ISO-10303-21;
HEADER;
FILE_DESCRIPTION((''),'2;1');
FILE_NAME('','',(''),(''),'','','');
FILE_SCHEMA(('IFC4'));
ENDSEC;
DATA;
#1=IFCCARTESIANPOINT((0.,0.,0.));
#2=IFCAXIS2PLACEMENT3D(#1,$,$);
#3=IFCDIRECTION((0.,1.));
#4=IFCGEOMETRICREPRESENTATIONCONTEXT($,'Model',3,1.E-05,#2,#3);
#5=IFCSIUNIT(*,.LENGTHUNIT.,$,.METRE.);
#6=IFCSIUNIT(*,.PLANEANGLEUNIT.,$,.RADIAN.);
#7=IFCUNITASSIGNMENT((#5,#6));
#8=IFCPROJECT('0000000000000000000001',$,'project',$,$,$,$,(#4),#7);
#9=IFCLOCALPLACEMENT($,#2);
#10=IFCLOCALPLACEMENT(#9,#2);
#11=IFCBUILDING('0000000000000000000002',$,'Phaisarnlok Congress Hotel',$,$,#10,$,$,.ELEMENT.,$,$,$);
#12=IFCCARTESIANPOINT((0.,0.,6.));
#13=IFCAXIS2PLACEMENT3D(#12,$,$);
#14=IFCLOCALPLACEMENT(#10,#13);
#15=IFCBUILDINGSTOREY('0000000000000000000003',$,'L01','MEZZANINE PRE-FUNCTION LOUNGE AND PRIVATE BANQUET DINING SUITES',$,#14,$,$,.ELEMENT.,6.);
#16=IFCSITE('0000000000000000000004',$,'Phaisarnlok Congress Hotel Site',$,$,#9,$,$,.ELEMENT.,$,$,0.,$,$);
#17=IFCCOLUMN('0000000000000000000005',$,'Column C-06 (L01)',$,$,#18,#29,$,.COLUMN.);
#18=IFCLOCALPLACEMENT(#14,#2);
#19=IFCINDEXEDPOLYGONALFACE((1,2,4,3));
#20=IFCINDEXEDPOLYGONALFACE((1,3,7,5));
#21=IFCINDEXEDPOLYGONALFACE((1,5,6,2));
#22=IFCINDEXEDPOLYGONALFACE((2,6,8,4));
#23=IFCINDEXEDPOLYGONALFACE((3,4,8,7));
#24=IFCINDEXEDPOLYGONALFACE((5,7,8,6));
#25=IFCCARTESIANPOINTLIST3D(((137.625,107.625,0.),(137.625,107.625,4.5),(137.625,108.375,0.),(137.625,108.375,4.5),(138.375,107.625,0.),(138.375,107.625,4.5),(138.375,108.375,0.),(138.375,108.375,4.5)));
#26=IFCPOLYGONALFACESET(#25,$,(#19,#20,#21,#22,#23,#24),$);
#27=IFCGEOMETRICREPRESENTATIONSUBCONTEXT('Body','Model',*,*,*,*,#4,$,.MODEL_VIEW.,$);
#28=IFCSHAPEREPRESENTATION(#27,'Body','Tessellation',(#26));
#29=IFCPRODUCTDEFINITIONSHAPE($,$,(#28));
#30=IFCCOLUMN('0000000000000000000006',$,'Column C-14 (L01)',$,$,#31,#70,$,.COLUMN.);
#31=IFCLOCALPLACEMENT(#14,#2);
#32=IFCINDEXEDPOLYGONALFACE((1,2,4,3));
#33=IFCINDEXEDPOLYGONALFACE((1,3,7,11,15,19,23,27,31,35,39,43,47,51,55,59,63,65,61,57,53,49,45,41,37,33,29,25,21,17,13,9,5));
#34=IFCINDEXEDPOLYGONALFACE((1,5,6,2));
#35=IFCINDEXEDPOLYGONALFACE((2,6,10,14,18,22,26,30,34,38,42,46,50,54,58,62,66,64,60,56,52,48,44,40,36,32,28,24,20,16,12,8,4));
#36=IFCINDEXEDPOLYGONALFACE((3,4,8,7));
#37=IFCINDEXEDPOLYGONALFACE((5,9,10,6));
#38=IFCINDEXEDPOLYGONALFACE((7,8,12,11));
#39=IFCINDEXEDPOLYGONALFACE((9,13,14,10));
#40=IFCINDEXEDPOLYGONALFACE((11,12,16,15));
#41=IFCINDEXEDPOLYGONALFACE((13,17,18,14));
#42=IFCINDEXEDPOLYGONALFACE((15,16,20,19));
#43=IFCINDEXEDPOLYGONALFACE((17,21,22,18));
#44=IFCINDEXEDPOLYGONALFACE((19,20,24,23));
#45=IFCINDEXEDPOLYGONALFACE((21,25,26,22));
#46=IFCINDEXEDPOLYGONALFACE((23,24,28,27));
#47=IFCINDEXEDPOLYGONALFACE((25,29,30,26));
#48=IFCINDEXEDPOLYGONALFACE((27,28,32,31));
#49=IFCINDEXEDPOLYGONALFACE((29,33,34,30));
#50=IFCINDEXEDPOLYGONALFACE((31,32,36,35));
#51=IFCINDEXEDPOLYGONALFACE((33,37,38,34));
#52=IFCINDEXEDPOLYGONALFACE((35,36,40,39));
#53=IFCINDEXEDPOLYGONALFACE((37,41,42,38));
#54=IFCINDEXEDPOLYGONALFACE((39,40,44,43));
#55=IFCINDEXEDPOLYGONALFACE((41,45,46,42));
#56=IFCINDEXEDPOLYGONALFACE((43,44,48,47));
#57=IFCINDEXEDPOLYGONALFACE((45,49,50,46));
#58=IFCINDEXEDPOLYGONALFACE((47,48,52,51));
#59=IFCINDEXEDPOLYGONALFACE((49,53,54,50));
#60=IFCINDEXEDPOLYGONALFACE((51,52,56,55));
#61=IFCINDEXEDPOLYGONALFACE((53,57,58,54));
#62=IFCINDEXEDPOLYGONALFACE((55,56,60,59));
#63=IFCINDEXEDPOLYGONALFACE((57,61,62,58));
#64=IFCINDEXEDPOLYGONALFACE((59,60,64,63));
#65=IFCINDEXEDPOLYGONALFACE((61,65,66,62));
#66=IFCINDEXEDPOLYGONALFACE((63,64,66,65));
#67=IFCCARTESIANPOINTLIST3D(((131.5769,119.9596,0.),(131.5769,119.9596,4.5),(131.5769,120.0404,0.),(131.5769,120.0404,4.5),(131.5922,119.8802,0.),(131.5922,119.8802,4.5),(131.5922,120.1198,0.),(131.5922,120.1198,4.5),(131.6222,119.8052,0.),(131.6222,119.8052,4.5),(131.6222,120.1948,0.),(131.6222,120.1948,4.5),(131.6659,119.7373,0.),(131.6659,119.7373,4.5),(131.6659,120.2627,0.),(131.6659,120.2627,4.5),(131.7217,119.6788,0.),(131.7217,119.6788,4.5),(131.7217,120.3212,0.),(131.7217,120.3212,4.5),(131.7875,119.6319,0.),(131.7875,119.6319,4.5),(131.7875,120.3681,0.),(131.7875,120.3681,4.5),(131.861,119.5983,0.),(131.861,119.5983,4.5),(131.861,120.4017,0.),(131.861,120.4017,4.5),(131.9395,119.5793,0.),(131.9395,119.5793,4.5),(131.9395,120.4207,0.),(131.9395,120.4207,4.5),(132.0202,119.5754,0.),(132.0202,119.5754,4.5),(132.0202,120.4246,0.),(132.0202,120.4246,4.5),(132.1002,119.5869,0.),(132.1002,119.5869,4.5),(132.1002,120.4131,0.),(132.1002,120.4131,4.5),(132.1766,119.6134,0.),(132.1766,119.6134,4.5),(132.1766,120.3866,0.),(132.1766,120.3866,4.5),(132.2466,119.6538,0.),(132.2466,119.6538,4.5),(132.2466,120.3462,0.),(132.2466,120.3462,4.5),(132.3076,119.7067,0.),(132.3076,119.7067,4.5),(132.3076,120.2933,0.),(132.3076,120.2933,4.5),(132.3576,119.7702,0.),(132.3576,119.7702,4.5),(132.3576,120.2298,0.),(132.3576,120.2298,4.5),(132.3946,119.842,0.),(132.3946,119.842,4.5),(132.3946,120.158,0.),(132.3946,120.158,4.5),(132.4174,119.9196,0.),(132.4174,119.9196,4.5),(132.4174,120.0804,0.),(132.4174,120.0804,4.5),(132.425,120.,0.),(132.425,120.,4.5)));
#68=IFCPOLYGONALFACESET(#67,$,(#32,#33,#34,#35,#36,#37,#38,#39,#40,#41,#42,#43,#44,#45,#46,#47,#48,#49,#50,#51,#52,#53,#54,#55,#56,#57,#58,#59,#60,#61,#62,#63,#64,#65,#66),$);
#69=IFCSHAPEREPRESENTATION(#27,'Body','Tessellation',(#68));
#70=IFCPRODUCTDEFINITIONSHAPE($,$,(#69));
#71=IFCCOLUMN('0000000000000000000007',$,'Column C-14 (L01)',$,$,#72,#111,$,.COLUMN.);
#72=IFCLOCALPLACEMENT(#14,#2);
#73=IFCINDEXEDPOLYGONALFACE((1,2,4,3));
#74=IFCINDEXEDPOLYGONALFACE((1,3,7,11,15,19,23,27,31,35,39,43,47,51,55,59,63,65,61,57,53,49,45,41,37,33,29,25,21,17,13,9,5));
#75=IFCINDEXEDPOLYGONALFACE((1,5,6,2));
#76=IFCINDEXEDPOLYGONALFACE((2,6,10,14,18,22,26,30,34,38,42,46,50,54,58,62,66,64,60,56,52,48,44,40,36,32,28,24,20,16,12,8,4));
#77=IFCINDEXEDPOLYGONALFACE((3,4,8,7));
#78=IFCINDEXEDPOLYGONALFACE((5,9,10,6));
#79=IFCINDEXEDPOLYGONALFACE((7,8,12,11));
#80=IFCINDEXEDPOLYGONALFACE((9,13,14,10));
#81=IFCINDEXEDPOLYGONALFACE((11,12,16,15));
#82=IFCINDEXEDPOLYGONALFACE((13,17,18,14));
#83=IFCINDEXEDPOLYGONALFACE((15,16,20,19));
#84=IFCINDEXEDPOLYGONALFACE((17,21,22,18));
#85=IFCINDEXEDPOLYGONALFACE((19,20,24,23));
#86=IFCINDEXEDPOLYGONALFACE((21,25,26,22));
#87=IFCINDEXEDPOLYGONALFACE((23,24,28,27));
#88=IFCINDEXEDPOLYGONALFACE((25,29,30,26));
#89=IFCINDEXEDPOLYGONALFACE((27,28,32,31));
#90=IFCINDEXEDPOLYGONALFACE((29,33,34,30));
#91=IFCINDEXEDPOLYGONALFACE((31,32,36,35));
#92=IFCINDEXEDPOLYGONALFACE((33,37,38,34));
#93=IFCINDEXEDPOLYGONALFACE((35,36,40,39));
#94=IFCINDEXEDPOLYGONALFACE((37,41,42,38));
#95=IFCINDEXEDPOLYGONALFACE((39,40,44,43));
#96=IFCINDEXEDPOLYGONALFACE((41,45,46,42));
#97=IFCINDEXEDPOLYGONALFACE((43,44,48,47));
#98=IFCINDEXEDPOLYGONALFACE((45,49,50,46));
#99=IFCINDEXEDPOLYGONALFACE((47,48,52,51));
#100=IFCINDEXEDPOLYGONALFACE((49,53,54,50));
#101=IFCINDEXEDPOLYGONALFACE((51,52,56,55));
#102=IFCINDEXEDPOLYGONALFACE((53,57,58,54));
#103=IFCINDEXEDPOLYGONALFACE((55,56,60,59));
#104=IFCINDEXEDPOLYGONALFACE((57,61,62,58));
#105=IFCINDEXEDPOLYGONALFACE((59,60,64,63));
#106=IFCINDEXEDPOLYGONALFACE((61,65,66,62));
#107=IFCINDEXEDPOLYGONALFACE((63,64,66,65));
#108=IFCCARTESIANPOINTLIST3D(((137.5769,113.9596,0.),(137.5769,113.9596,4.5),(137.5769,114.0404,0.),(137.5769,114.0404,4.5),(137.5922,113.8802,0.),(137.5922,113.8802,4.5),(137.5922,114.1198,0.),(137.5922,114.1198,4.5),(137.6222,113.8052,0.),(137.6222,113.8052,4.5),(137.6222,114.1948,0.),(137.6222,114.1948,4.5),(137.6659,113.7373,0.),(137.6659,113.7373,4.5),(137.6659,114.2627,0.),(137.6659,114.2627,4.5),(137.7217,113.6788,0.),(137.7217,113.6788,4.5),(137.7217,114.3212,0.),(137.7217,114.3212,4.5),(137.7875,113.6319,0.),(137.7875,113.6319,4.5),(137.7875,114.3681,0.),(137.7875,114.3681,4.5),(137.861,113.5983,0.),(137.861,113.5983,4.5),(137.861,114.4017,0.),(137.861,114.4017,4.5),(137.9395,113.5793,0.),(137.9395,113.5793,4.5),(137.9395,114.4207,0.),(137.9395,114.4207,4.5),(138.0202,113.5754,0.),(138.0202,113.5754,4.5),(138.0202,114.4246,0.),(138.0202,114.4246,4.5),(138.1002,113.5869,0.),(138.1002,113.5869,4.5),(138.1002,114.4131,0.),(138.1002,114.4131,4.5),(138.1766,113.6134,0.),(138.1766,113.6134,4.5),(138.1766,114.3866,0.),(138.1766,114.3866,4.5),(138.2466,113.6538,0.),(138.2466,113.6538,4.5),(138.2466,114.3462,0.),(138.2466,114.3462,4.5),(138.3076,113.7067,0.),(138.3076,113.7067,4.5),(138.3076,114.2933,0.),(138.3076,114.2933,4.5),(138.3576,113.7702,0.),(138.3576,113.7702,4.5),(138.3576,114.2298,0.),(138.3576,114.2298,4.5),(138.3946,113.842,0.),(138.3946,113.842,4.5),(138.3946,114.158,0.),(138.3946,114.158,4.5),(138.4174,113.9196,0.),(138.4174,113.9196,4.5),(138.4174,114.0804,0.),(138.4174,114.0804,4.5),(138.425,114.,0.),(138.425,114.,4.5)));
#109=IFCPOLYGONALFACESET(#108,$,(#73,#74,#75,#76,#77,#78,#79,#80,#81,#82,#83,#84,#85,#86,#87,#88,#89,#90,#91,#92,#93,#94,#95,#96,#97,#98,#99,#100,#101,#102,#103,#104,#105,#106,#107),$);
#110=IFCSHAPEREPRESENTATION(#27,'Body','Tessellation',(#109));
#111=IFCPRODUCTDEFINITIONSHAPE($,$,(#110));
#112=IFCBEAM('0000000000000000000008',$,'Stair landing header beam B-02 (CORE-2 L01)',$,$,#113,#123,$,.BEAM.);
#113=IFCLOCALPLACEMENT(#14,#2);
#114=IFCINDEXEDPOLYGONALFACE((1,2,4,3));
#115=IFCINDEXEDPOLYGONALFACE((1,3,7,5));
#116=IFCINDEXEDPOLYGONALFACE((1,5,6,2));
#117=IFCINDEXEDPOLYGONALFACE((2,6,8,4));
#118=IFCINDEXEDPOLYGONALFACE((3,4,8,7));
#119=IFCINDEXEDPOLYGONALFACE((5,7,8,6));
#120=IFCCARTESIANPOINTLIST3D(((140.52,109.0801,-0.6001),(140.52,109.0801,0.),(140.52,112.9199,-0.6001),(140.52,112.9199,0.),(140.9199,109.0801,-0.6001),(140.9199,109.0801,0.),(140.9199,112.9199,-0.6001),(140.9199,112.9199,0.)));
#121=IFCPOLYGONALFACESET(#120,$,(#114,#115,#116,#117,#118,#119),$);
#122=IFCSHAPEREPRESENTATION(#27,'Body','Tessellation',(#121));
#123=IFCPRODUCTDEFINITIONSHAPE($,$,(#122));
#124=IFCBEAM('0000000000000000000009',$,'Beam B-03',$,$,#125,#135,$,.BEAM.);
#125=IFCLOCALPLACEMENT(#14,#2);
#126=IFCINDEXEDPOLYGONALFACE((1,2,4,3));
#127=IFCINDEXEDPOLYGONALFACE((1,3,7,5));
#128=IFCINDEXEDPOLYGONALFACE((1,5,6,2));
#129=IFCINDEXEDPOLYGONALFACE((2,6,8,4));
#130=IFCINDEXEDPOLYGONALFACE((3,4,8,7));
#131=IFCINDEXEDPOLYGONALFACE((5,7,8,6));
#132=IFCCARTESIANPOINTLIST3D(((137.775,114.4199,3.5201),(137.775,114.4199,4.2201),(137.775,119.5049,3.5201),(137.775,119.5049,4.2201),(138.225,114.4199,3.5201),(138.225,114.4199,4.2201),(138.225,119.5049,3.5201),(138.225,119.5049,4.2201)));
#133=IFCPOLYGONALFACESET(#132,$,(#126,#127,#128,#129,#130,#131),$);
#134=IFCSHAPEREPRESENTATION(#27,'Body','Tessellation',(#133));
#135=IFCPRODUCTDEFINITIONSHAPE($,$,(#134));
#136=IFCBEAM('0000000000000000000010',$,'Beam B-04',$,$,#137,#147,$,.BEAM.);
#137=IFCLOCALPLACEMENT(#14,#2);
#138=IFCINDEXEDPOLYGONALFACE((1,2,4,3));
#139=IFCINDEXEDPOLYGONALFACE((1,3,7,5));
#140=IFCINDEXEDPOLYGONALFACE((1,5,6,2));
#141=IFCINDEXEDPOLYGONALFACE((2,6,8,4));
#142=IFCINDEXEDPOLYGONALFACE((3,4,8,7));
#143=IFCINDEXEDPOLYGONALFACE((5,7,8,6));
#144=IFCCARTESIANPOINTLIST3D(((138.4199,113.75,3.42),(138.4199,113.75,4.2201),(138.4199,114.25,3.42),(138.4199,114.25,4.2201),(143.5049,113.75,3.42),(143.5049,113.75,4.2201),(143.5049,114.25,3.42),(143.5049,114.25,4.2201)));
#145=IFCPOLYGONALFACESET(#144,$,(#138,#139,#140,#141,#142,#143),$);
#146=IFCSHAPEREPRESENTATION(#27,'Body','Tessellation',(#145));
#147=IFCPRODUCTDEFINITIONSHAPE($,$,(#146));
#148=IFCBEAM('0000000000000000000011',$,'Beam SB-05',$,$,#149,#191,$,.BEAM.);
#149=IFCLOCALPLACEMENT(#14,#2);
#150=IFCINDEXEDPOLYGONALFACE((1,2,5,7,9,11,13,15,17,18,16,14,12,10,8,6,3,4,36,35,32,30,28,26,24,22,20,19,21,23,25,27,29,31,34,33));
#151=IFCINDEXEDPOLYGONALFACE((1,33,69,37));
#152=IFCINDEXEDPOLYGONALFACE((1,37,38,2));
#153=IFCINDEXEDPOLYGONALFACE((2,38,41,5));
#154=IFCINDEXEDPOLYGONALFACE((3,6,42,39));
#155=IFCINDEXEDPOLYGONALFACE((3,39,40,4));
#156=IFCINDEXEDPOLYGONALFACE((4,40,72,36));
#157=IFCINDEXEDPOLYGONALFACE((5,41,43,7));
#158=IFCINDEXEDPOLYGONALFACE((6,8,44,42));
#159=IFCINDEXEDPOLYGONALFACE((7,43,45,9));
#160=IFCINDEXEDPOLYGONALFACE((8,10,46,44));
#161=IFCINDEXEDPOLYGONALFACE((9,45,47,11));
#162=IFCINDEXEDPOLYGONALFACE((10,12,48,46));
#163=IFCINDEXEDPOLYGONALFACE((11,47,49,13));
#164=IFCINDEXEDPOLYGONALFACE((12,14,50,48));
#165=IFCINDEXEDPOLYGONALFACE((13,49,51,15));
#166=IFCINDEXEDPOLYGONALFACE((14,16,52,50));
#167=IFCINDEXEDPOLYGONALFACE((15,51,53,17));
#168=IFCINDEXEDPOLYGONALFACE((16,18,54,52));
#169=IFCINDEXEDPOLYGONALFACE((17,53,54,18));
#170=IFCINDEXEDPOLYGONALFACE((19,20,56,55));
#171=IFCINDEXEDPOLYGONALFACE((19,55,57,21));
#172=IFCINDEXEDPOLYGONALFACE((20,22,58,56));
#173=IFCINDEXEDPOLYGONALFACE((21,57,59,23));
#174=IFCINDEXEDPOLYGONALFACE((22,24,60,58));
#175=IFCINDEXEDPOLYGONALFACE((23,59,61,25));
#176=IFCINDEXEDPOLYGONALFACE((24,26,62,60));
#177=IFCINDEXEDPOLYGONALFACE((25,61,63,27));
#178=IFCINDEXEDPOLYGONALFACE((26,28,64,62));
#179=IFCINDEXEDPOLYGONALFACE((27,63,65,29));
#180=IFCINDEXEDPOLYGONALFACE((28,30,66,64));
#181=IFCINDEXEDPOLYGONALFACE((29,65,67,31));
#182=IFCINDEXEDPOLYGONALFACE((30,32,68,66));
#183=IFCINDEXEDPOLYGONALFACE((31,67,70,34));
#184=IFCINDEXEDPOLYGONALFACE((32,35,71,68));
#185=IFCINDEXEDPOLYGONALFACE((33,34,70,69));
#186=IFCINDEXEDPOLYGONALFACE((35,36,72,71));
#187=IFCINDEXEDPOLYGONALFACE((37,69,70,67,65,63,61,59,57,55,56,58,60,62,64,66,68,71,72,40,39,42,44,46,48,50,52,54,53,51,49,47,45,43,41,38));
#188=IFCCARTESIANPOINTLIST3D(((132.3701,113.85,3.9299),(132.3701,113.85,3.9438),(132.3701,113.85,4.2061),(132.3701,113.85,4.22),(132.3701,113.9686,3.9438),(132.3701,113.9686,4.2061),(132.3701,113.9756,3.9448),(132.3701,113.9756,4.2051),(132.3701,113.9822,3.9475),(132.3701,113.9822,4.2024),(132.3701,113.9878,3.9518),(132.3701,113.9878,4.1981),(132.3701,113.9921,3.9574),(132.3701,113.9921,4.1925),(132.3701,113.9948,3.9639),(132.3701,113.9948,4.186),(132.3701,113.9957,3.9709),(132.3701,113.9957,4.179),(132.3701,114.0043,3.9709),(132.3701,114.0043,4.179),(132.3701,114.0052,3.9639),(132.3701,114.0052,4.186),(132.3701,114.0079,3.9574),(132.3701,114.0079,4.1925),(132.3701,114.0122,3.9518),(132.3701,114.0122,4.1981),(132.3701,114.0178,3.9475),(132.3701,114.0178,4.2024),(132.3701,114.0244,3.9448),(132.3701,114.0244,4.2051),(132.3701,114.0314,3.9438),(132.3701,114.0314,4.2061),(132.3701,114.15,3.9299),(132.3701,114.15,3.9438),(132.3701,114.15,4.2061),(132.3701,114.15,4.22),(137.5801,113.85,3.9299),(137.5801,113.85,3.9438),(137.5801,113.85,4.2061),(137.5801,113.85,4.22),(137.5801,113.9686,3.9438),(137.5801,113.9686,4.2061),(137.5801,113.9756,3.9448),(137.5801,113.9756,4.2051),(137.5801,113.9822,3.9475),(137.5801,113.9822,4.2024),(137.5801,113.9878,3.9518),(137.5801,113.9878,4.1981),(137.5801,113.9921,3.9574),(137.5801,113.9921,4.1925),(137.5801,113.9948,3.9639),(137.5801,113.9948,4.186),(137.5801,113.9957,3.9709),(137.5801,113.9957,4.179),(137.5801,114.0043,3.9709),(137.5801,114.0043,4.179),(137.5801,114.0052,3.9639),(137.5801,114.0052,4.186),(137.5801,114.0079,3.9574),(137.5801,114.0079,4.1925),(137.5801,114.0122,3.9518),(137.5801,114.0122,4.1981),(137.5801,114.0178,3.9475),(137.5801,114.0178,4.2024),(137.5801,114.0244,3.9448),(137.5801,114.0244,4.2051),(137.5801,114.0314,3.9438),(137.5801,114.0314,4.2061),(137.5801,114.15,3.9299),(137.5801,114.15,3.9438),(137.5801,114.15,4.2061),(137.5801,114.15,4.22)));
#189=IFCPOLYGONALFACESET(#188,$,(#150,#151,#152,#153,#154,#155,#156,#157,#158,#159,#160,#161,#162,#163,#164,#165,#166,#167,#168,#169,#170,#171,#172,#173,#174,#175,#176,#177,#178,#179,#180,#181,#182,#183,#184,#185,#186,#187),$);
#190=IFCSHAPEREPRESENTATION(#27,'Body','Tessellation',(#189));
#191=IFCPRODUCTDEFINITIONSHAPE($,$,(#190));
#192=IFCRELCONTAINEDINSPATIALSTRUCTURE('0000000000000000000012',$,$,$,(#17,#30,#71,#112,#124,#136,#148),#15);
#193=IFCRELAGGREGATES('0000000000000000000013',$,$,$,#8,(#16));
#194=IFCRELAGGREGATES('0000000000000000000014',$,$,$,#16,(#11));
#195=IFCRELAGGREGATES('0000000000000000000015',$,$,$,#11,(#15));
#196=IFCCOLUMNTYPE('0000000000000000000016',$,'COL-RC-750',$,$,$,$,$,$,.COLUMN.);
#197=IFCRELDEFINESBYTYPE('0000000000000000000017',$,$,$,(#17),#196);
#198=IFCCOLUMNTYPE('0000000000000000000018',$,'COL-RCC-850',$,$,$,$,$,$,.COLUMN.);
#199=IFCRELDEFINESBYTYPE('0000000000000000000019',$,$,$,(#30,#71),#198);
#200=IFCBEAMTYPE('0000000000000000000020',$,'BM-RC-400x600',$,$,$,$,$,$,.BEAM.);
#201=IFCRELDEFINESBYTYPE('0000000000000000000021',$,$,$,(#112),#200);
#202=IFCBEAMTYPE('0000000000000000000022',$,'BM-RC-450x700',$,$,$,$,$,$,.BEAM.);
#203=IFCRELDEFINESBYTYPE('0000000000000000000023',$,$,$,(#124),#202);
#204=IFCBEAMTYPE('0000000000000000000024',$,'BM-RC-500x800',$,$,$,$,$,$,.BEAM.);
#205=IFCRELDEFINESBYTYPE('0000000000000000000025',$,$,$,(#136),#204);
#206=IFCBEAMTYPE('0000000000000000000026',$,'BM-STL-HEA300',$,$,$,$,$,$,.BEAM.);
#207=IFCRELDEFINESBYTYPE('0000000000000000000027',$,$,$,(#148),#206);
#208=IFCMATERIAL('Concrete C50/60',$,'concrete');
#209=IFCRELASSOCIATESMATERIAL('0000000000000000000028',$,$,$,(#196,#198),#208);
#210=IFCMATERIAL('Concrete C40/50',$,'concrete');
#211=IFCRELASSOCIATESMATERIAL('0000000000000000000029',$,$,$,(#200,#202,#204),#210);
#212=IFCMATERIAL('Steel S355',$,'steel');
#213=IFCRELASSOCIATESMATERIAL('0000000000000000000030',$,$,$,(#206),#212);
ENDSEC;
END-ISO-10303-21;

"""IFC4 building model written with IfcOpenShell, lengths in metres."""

from ifc_helpers import new_model, si_unit, direction, frame, origin, origin_2d, place, context, subcontext, project, spatial, rectangle, circle, i_section, extrude, material, material_profile, profile_set, type_object, element, save


model = new_model("IFC4")

# Units and contexts
model_context = context("Model", 3, precision=1e-05, world=origin(), true_north=direction((0.0, 1.0)))
body_context = subcontext(model_context, "Body", "Model", "MODEL_VIEW")
ifc_project = project(units=[si_unit("LENGTHUNIT", "METRE"), si_unit("PLANEANGLEUNIT", "RADIAN")], contexts=[model_context])

# Site, building, storey
site_placement = place(None, origin())
site = spatial("IfcSite", under=ifc_project, at=site_placement, Name="Phaisarnlok Congress Hotel Site", CompositionType="ELEMENT", RefElevation=0.0)
building_placement = place(site_placement, origin())
building = spatial("IfcBuilding", under=site, at=building_placement, Name="Phaisarnlok Congress Hotel", CompositionType="ELEMENT")
storey_placement = place(building_placement, frame((0.0, 0.0, 6.0)))
storey = spatial("IfcBuildingStorey", under=building, at=storey_placement, Name="L01", Description="MEZZANINE PRE-FUNCTION LOUNGE AND PRIVATE BANQUET DINING SUITES", CompositionType="ELEMENT", Elevation=6.0)

# Columns
ifc_material_1 = material(Name="Concrete C50/60", Category="concrete")
ifc_material_profile_1 = material_profile(ifc_material_1, rectangle(XDim=0.75, YDim=0.75, at=origin_2d()), Name="RC 750x750")
ifc_profile_set_1 = profile_set([ifc_material_profile_1], Name="Concrete C50/60")
column_type_1 = type_object("IfcColumnType", Name="COL-RC-750", PredefinedType="COLUMN", material=ifc_profile_set_1)
column_placement = place(storey_placement, frame((138.0, 108.0, 0.0), z_axis=(0.0, 0.0, 1.0), x_axis=(1.0, 0.0, 0.0)))
element("IfcColumn", 1, at=column_placement, inside=storey, type_object=column_type_1, Name="Column C-06 (L01)", PredefinedType="COLUMN", context=body_context, shape_type="SweptSolid", body=[
    extrude(rectangle(XDim=0.75, YDim=0.75, at=origin_2d()), origin(), (0.0, 0.0, 1.0), 4.5),
])
ifc_material_profile_2 = material_profile(ifc_material_1, circle(Radius=0.425, at=origin_2d()), Name="RCC D850")
ifc_profile_set_2 = profile_set([ifc_material_profile_2], Name="Concrete C50/60")
column_type_2 = type_object("IfcColumnType", Name="COL-RCC-850", PredefinedType="COLUMN", material=ifc_profile_set_2)
for number, where, z_axis, x_axis, name in (
    (2, (132.0, 120.0, 0.0), (0.0, 0.0, 1.0), (1.0, 0.0, 0.0), "Column C-14 (L01)"),
    (3, (138.0, 114.0, 0.0), (0.0, 0.0, 1.0), (1.0, 0.0, 0.0), "Column C-14 (L01)"),
):
    element("IfcColumn", number, at=place(storey_placement, frame(where, z_axis=z_axis, x_axis=x_axis)), inside=storey, type_object=column_type_2, Name=name, PredefinedType="COLUMN", context=body_context, shape_type="SweptSolid", body=[
        extrude(circle(Radius=0.425, at=origin_2d()), origin(), (0.0, 0.0, 1.0), 4.5),
    ])

# Beams
ifc_material_2 = material(Name="Concrete C40/50", Category="concrete")
ifc_material_profile_3 = material_profile(ifc_material_2, rectangle(XDim=0.3999, YDim=0.6001, at=origin_2d()), Name="RC 400x600")
ifc_profile_set_3 = profile_set([ifc_material_profile_3], Name="Concrete C40/50")
beam_type_1 = type_object("IfcBeamType", Name="BM-RC-400x600", PredefinedType="BEAM", material=ifc_profile_set_3)
beam_1_placement = place(storey_placement, frame((140.72, 109.0801, -0.3), z_axis=(0.0, 1.0, 0.0), x_axis=(-1.0, 0.0, 0.0)))
element("IfcBeam", 4, at=beam_1_placement, inside=storey, type_object=beam_type_1, Name="Stair landing header beam B-02 (CORE-2 L01)", PredefinedType="BEAM", context=body_context, shape_type="SweptSolid", body=[
    extrude(rectangle(XDim=0.3999, YDim=0.6001, at=origin_2d()), origin(), (0.0, 0.0, 1.0), 3.8398),
])
ifc_material_profile_4 = material_profile(ifc_material_2, rectangle(XDim=0.45, YDim=0.7, at=origin_2d()), Name="RC 450x700")
ifc_profile_set_4 = profile_set([ifc_material_profile_4], Name="Concrete C40/50")
beam_type_2 = type_object("IfcBeamType", Name="BM-RC-450x700", PredefinedType="BEAM", material=ifc_profile_set_4)
beam_2_placement = place(storey_placement, frame((138.0, 114.4199, 3.8701), z_axis=(0.0, 1.0, 0.0), x_axis=(-1.0, 0.0, 0.0)))
element("IfcBeam", 5, at=beam_2_placement, inside=storey, type_object=beam_type_2, Name="Beam B-03", PredefinedType="BEAM", context=body_context, shape_type="SweptSolid", body=[
    extrude(rectangle(XDim=0.45, YDim=0.7, at=origin_2d()), origin(), (0.0, 0.0, 1.0), 5.085),
])
ifc_material_profile_5 = material_profile(ifc_material_2, rectangle(XDim=0.5, YDim=0.8, at=origin_2d()), Name="RC 500x800")
ifc_profile_set_5 = profile_set([ifc_material_profile_5], Name="Concrete C40/50")
beam_type_3 = type_object("IfcBeamType", Name="BM-RC-500x800", PredefinedType="BEAM", material=ifc_profile_set_5)
beam_3_placement = place(storey_placement, frame((138.4199, 114.0, 3.8201), z_axis=(1.0, 0.0, 0.0), x_axis=(0.0, 1.0, 0.0)))
element("IfcBeam", 6, at=beam_3_placement, inside=storey, type_object=beam_type_3, Name="Beam B-04", PredefinedType="BEAM", context=body_context, shape_type="SweptSolid", body=[
    extrude(rectangle(XDim=0.5, YDim=0.8, at=origin_2d()), origin(), (0.0, 0.0, 1.0), 5.085),
])
ifc_material_3 = material(Name="Steel S355", Category="steel")
ifc_material_profile_6 = material_profile(ifc_material_3, i_section(OverallWidth=0.3, OverallDepth=0.29, WebThickness=0.0085, FlangeThickness=0.0139, FilletRadius=0.0271, at=origin_2d()), Name="HEA 300")
ifc_profile_set_6 = profile_set([ifc_material_profile_6], Name="Steel S355")
beam_type_4 = type_object("IfcBeamType", Name="BM-STL-HEA300", PredefinedType="BEAM", material=ifc_profile_set_6)
beam_4_placement = place(storey_placement, frame((132.3701, 114.0, 4.075), z_axis=(1.0, 0.0, 0.0), x_axis=(0.0, 1.0, 0.0)))
element("IfcBeam", 7, at=beam_4_placement, inside=storey, type_object=beam_type_4, Name="Beam SB-05", PredefinedType="BEAM", context=body_context, shape_type="SweptSolid", body=[
    extrude(i_section(OverallWidth=0.3, OverallDepth=0.29, WebThickness=0.0085, FlangeThickness=0.0139, FilletRadius=0.0271, at=origin_2d()), origin(), (0.0, 0.0, 1.0), 5.21),
])

save(model, "model.ifc")
